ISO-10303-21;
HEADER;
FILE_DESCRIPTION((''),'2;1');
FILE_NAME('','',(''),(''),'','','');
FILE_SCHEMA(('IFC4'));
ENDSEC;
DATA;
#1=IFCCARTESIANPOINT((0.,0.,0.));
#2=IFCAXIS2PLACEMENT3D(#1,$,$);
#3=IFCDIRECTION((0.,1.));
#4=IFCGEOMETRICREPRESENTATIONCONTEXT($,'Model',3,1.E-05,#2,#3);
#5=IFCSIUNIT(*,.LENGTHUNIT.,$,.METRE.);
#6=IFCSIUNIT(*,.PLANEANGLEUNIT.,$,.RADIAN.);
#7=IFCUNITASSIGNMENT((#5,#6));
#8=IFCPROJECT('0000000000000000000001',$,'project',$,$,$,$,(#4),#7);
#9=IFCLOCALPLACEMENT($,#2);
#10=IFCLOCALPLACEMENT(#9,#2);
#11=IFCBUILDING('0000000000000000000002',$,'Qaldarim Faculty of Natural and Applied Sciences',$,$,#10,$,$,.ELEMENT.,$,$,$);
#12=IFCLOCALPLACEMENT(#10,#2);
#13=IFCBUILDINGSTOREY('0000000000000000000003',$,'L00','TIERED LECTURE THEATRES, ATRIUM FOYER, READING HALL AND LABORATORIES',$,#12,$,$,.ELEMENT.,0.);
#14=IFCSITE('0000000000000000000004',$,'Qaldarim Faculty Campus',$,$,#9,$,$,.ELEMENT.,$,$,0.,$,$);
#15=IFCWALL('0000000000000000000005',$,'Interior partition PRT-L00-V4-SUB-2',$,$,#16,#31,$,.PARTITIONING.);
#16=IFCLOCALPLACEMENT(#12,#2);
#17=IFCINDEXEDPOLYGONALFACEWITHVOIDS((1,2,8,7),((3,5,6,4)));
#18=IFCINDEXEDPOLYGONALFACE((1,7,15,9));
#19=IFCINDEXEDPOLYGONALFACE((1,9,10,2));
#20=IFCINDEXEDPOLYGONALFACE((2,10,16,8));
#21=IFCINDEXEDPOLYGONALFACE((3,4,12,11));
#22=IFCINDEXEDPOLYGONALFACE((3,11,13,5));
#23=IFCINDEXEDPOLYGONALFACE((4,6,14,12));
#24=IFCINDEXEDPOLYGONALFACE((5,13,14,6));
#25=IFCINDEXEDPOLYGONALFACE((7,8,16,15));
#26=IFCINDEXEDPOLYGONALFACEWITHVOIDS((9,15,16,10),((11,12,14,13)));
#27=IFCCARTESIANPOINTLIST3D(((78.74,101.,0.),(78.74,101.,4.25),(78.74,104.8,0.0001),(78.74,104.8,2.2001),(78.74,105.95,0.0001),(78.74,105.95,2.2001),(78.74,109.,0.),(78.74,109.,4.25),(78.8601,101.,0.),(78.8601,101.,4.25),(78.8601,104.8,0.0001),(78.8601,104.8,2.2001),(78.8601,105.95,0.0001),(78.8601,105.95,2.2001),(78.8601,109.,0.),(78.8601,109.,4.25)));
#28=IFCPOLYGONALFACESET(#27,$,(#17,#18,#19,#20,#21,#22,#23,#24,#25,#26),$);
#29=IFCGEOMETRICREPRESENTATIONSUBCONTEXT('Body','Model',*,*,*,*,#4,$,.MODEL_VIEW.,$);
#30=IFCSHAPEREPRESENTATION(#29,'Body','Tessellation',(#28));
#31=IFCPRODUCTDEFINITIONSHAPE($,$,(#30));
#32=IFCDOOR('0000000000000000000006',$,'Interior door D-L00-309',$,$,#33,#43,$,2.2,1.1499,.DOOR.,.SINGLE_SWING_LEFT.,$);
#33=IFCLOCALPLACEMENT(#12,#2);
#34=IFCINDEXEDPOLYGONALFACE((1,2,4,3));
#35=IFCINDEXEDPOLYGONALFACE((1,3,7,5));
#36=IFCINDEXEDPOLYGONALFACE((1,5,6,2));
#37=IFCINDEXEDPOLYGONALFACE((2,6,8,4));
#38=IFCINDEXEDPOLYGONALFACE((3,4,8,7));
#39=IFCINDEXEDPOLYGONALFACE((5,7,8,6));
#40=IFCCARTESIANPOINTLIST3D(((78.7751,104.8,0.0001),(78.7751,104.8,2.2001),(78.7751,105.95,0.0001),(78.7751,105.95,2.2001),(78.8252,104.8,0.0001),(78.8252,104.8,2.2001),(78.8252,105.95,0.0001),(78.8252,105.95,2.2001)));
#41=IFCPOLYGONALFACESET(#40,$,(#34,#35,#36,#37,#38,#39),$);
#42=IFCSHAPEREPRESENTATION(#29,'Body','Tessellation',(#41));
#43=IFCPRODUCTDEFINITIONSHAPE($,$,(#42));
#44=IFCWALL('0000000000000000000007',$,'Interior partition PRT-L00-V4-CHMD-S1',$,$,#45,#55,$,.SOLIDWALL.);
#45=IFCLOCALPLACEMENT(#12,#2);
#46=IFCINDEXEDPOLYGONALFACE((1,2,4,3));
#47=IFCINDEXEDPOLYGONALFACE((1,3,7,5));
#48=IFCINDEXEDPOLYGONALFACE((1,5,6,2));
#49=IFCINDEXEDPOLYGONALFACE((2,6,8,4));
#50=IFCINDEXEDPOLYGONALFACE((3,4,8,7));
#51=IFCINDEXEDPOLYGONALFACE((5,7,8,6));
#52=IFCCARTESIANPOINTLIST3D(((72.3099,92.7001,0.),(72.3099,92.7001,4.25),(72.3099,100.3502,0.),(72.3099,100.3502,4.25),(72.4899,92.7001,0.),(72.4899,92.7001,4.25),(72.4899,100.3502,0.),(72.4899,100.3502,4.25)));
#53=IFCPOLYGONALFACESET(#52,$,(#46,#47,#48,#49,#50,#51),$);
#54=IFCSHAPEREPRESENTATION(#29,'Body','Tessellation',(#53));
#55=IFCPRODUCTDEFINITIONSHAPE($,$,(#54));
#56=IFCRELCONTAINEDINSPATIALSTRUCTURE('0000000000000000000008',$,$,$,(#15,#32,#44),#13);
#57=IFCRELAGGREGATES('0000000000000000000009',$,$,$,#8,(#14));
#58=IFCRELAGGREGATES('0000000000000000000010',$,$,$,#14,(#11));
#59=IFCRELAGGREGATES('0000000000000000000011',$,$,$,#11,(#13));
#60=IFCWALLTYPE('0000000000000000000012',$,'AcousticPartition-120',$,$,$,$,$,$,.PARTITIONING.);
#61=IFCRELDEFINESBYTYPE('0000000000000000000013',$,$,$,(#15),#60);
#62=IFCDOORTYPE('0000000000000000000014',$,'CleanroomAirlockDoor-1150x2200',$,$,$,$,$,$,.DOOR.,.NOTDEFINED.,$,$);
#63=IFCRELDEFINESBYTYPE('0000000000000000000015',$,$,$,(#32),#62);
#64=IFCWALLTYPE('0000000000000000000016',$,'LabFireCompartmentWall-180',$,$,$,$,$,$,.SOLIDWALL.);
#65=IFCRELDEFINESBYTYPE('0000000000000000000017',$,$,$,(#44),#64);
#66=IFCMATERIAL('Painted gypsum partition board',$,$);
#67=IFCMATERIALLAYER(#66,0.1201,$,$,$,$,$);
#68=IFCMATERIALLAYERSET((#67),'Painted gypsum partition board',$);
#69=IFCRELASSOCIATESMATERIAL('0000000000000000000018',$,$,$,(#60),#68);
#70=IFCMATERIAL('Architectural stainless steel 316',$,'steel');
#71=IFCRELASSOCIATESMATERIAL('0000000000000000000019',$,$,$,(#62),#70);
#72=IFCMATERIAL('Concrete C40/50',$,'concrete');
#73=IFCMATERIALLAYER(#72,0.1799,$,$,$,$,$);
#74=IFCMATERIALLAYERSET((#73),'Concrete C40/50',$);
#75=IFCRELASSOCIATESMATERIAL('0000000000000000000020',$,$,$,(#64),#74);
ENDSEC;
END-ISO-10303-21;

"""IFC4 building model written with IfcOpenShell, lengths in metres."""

from ifc_helpers import new_model, si_unit, direction, frame, frame_2d, origin, place, context, subcontext, project, spatial, rectangle, extrude, material, layer, layer_set, type_object, element, fill, save


model = new_model("IFC4")

# Units and contexts
model_context = context("Model", 3, precision=1e-05, world=origin(), true_north=direction((0.0, 1.0)))
body_context = subcontext(model_context, "Body", "Model", "MODEL_VIEW")
ifc_project = project(units=[si_unit("LENGTHUNIT", "METRE"), si_unit("PLANEANGLEUNIT", "RADIAN")], contexts=[model_context])

# Site, building, storey
site_placement = place(None, origin())
site = spatial("IfcSite", under=ifc_project, at=site_placement, Name="Qaldarim Faculty Campus", CompositionType="ELEMENT", RefElevation=0.0)
building_placement = place(site_placement, origin())
building = spatial("IfcBuilding", under=site, at=building_placement, Name="Qaldarim Faculty of Natural and Applied Sciences", CompositionType="ELEMENT")
storey_placement = place(building_placement, origin())
storey = spatial("IfcBuildingStorey", under=building, at=storey_placement, Name="L00", Description="TIERED LECTURE THEATRES, ATRIUM FOYER, READING HALL AND LABORATORIES", CompositionType="ELEMENT", Elevation=0.0)

# Shared definitions
ifc_material_1 = material(Name="Concrete C40/50", Category="concrete")

# Wall, opening, door
ifc_material_2 = material(Name="Painted gypsum partition board")
ifc_layer_1 = layer(ifc_material_2, 0.1201)
ifc_layer_set_1 = layer_set([ifc_layer_1], Name="Painted gypsum partition board")
wall_type_1 = type_object("IfcWallType", Name="AcousticPartition-120", PredefinedType="PARTITIONING", material=ifc_layer_set_1)
wall_1_placement = place(storey_placement, frame((78.8, 101.0, 0.0), z_axis=(0.0, 0.0, 1.0), x_axis=(0.0, 1.0, 0.0)))
wall_1 = element("IfcWall", 1, at=wall_1_placement, inside=storey, type_object=wall_type_1, Name="Interior partition PRT-L00-V4-SUB-2", PredefinedType="PARTITIONING", context=body_context, shape_type="SweptSolid", body=[
    extrude(rectangle(XDim=8.0, YDim=0.1201, at=frame_2d((4.0, 0.0))), origin(), (0.0, 0.0, 1.0), 4.25),
])
opening_placement = place(wall_1_placement, frame((3.8, 0.0, 0.0)))
opening = element("IfcOpeningElement", 2, at=opening_placement, cuts=wall_1, PredefinedType="OPENING", context=body_context, shape_type="SweptSolid", body=[
    extrude(rectangle(XDim=1.1499, YDim=2.2, at=frame_2d((0.575, 1.1001))), frame((0.0, 0.0701, 0.0), z_axis=(0.0, -1.0, 0.0), x_axis=(1.0, 0.0, 0.0)), (0.0, 0.0, 1.0), 0.1401),
])
ifc_material_3 = material(Name="Architectural stainless steel 316", Category="steel")
door_type = type_object("IfcDoorType", Name="CleanroomAirlockDoor-1150x2200", OperationType="NOTDEFINED", PredefinedType="DOOR", material=ifc_material_3)
door_placement = place(opening_placement, origin())
door = element("IfcDoor", 3, at=door_placement, inside=storey, type_object=door_type, Name="Interior door D-L00-309", OperationType="SINGLE_SWING_LEFT", OverallHeight=2.2, OverallWidth=1.1499, PredefinedType="DOOR", context=body_context, shape_type="SweptSolid", body=[
    extrude(rectangle(XDim=1.1499, YDim=2.2, at=frame_2d((0.575, 1.1001))), frame((0.0, 0.0249, 0.0), z_axis=(0.0, -1.0, 0.0), x_axis=(1.0, 0.0, 0.0)), (0.0, 0.0, 1.0), 0.05),
])
fill(opening, door)

# Wall
ifc_layer_2 = layer(ifc_material_1, 0.1799)
ifc_layer_set_2 = layer_set([ifc_layer_2], Name="Concrete C40/50")
wall_type_2 = type_object("IfcWallType", Name="LabFireCompartmentWall-180", PredefinedType="SOLIDWALL", material=ifc_layer_set_2)
wall_2_placement = place(storey_placement, frame((72.3999, 92.7, 0.0), z_axis=(0.0, 0.0, 1.0), x_axis=(0.0, 1.0, 0.0)))
element("IfcWall", 4, at=wall_2_placement, inside=storey, type_object=wall_type_2, Name="Interior partition PRT-L00-V4-CHMD-S1", PredefinedType="SOLIDWALL", context=body_context, shape_type="SweptSolid", body=[
    extrude(rectangle(XDim=7.6501, YDim=0.1799, at=frame_2d((3.8252, 0.0))), origin(), (0.0, 0.0, 1.0), 4.25),
])

save(model, "model.ifc")
